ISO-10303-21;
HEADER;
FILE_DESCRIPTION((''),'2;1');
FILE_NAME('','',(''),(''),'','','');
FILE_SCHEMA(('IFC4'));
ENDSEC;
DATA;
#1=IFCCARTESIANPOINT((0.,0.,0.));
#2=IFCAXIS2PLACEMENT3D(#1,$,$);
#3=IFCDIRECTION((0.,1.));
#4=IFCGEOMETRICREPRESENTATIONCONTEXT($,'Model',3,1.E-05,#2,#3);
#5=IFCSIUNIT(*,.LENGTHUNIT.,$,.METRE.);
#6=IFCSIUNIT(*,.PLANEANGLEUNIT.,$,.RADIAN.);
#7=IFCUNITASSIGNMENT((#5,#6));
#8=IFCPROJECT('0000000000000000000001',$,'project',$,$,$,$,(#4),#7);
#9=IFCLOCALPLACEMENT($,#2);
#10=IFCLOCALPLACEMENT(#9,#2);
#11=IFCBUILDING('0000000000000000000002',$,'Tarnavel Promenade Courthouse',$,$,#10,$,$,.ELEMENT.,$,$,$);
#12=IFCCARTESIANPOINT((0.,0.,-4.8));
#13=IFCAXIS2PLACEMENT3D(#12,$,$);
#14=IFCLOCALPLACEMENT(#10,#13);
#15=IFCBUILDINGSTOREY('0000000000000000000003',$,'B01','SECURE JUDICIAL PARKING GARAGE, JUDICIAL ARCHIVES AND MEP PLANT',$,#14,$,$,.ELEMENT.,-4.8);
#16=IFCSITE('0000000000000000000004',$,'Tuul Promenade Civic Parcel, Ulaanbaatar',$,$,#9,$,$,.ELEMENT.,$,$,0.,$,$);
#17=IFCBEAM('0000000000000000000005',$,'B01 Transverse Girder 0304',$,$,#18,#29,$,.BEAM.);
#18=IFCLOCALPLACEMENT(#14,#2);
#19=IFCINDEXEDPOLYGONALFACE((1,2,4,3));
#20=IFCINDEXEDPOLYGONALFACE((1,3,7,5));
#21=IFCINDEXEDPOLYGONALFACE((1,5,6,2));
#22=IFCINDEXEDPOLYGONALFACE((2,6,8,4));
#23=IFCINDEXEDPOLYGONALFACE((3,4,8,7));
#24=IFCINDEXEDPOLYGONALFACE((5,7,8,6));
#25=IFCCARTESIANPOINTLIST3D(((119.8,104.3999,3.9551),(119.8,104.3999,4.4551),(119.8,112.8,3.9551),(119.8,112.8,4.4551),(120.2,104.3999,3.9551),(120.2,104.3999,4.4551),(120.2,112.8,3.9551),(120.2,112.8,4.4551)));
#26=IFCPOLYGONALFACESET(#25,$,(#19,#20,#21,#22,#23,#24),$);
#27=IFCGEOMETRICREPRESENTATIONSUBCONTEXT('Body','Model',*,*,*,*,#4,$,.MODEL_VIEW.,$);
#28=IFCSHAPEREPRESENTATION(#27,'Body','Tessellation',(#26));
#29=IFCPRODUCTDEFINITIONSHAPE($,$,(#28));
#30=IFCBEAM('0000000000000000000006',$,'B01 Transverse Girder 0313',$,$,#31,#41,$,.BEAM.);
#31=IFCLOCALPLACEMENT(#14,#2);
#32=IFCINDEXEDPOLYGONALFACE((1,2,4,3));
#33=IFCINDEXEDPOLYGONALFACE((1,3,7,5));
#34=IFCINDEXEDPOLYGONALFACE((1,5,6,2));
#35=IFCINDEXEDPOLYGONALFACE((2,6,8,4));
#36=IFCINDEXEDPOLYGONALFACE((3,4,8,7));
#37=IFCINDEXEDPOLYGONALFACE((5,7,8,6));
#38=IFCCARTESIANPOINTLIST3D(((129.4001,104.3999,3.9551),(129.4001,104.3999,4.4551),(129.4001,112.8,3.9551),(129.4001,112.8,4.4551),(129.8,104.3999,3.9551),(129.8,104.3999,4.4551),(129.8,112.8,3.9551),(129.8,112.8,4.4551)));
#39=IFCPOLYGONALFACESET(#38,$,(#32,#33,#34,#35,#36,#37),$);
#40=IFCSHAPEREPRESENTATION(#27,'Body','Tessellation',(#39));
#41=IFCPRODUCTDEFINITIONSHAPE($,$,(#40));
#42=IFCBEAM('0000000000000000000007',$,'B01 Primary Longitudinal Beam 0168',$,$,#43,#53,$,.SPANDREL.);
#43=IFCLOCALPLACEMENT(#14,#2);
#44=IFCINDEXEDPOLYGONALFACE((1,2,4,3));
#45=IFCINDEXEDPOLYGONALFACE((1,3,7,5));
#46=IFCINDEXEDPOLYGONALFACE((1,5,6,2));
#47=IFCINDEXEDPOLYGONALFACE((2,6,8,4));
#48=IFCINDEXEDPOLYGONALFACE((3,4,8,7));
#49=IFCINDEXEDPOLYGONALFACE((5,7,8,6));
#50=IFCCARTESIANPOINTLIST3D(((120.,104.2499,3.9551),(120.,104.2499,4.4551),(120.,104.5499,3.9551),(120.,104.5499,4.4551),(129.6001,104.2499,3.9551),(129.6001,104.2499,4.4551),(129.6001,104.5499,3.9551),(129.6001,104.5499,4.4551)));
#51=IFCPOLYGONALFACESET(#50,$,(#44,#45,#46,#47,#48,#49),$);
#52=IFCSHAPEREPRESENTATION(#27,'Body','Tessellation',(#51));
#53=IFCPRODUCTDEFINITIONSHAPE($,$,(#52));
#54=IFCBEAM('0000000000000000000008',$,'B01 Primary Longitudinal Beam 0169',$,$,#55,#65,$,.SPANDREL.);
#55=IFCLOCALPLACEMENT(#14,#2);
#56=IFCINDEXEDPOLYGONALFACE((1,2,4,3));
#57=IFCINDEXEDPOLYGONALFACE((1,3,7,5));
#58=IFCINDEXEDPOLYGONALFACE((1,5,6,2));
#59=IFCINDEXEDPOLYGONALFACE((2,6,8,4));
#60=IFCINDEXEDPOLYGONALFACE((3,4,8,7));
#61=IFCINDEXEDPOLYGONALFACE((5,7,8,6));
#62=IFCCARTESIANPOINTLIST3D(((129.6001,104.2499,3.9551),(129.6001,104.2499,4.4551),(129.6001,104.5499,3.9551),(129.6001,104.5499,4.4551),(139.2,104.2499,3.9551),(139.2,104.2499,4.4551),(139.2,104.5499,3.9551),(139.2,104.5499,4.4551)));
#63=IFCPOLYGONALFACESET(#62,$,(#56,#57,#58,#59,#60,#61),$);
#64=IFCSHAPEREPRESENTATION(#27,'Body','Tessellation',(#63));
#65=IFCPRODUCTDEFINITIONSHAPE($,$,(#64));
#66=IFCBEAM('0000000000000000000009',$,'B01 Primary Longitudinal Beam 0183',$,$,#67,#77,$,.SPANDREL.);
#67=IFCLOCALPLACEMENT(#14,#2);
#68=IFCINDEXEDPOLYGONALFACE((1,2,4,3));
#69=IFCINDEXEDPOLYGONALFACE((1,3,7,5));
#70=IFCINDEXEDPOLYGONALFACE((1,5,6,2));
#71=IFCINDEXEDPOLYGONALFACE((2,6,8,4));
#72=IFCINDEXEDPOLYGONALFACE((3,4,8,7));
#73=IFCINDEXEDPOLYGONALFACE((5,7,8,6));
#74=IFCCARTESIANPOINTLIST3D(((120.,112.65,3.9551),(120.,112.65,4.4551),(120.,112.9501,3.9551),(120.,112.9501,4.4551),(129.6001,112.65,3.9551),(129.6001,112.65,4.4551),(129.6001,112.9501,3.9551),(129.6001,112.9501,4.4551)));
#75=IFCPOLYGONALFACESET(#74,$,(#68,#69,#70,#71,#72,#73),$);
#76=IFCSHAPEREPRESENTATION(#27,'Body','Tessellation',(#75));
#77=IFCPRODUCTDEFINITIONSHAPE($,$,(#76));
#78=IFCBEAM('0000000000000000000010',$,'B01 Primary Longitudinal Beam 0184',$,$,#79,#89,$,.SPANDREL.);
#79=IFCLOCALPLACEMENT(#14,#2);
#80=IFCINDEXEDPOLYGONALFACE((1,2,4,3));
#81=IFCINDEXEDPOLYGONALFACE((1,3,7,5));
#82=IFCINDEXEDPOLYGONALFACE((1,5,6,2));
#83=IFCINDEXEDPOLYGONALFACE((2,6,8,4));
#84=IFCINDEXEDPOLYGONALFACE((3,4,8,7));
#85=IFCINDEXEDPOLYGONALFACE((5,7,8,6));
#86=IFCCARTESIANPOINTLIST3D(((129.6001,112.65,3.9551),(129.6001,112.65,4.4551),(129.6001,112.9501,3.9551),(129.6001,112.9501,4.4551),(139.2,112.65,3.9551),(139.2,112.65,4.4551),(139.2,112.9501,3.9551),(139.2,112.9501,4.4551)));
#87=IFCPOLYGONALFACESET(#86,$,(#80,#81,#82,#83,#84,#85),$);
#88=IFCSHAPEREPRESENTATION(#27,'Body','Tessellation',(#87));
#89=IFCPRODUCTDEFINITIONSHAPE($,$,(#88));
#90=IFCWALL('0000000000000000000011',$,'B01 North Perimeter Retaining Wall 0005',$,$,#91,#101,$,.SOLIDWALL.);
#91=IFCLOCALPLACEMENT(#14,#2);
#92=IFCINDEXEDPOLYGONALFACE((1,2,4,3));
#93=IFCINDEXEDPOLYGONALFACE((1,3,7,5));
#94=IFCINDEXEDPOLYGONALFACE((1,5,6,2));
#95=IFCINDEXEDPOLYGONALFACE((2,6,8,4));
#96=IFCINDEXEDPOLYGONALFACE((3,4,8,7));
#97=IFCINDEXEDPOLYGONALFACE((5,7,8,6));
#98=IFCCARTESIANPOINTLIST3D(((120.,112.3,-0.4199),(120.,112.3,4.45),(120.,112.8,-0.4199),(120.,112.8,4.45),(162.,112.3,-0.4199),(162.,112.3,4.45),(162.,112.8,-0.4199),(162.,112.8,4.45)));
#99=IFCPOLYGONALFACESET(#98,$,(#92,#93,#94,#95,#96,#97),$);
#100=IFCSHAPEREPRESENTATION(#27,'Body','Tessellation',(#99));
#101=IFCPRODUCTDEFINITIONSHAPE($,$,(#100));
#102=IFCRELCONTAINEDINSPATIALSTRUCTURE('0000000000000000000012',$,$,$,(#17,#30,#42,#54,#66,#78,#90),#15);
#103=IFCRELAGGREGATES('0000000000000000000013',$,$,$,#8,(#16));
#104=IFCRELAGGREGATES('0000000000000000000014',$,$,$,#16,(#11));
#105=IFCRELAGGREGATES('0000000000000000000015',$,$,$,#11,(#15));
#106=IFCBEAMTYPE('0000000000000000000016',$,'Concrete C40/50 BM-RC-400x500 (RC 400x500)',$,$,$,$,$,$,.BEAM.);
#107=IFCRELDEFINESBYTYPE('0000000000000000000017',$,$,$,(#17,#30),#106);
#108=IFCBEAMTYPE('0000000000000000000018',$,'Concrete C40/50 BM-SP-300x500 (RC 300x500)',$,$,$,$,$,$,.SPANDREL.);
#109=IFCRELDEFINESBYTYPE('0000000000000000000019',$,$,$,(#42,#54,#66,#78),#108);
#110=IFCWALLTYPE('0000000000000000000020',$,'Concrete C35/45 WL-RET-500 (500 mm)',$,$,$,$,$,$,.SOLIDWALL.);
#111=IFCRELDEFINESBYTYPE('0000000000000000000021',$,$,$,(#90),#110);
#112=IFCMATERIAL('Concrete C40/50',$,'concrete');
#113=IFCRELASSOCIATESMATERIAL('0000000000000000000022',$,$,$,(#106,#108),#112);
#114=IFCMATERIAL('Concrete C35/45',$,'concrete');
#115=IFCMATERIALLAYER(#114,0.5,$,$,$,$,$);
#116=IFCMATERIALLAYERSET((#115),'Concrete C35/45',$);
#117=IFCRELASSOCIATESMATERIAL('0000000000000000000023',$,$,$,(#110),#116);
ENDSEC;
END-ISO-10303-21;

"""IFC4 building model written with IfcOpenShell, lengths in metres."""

from ifc_helpers import new_model, si_unit, direction, frame, frame_2d, origin, origin_2d, place, context, subcontext, project, spatial, rectangle, extrude, material, layer, layer_set, material_profile, profile_set, type_object, element, save


model = new_model("IFC4")

# Units and contexts
model_context = context("Model", 3, precision=1e-05, world=origin(), true_north=direction((0.0, 1.0)))
body_context = subcontext(model_context, "Body", "Model", "MODEL_VIEW")
ifc_project = project(units=[si_unit("LENGTHUNIT", "METRE"), si_unit("PLANEANGLEUNIT", "RADIAN")], contexts=[model_context])

# Site, building, storey
site_placement = place(None, origin())
site = spatial("IfcSite", under=ifc_project, at=site_placement, Name="Tuul Promenade Civic Parcel, Ulaanbaatar", CompositionType="ELEMENT", RefElevation=0.0)
building_placement = place(site_placement, origin())
building = spatial("IfcBuilding", under=site, at=building_placement, Name="Tarnavel Promenade Courthouse", CompositionType="ELEMENT")
storey_placement = place(building_placement, frame((0.0, 0.0, -4.8)))
storey = spatial("IfcBuildingStorey", under=building, at=storey_placement, Name="B01", Description="SECURE JUDICIAL PARKING GARAGE, JUDICIAL ARCHIVES AND MEP PLANT", CompositionType="ELEMENT", Elevation=-4.8)

# Shared definitions
ifc_material_1 = material(Name="Concrete C35/45", Category="concrete")

# Shared definitions
ifc_material_2 = material(Name="Concrete C40/50", Category="concrete")

# Beams
ifc_material_profile_1 = material_profile(ifc_material_2, rectangle(XDim=0.3999, YDim=0.5, at=origin_2d()), Name="RC 400x500")
ifc_profile_set_1 = profile_set([ifc_material_profile_1], Name="Concrete C40/50")
beam_type_1 = type_object("IfcBeamType", Name="Concrete C40/50 BM-RC-400x500 (RC 400x500)", PredefinedType="BEAM", material=ifc_profile_set_1)
for number, where, z_axis, x_axis, name in (
    (1, (120.0, 104.3999, 4.2051), (0.0, 1.0, 0.0), (-1.0, 0.0, 0.0), "B01 Transverse Girder 0304"),
    (2, (129.6001, 104.3999, 4.2051), (0.0, 1.0, 0.0), (-1.0, 0.0, 0.0), "B01 Transverse Girder 0313"),
):
    element("IfcBeam", number, at=place(storey_placement, frame(where, z_axis=z_axis, x_axis=x_axis)), inside=storey, type_object=beam_type_1, Name=name, PredefinedType="BEAM", context=body_context, shape_type="SweptSolid", body=[
        extrude(rectangle(XDim=0.3999, YDim=0.5, at=origin_2d()), origin(), (0.0, 0.0, 1.0), 8.4001),
    ])
ifc_material_profile_2 = material_profile(ifc_material_2, rectangle(XDim=0.3, YDim=0.5, at=origin_2d()), Name="RC 300x500")
ifc_profile_set_2 = profile_set([ifc_material_profile_2], Name="Concrete C40/50")
beam_type_2 = type_object("IfcBeamType", Name="Concrete C40/50 BM-SP-300x500 (RC 300x500)", PredefinedType="SPANDREL", material=ifc_profile_set_2)
beam_1_placement = place(storey_placement, frame((120.0, 104.3999, 4.2051), z_axis=(1.0, 0.0, 0.0), x_axis=(0.0, 1.0, 0.0)))
element("IfcBeam", 3, at=beam_1_placement, inside=storey, type_object=beam_type_2, Name="B01 Primary Longitudinal Beam 0168", PredefinedType="SPANDREL", context=body_context, shape_type="SweptSolid", body=[
    extrude(rectangle(XDim=0.3, YDim=0.5, at=origin_2d()), origin(), (0.0, 0.0, 1.0), 9.6001),
])
beam_2_placement = place(storey_placement, frame((129.6001, 104.3999, 4.2051), z_axis=(1.0, 0.0, 0.0), x_axis=(0.0, 1.0, 0.0)))
element("IfcBeam", 4, at=beam_2_placement, inside=storey, type_object=beam_type_2, Name="B01 Primary Longitudinal Beam 0169", PredefinedType="SPANDREL", context=body_context, shape_type="SweptSolid", body=[
    extrude(rectangle(XDim=0.3, YDim=0.5, at=origin_2d()), origin(), (0.0, 0.0, 1.0), 9.5999),
])
beam_3_placement = place(storey_placement, frame((120.0, 112.8, 4.2051), z_axis=(1.0, 0.0, 0.0), x_axis=(0.0, 1.0, 0.0)))
element("IfcBeam", 5, at=beam_3_placement, inside=storey, type_object=beam_type_2, Name="B01 Primary Longitudinal Beam 0183", PredefinedType="SPANDREL", context=body_context, shape_type="SweptSolid", body=[
    extrude(rectangle(XDim=0.3, YDim=0.5, at=origin_2d()), origin(), (0.0, 0.0, 1.0), 9.6001),
])
beam_4_placement = place(storey_placement, frame((129.6001, 112.8, 4.2051), z_axis=(1.0, 0.0, 0.0), x_axis=(0.0, 1.0, 0.0)))
element("IfcBeam", 6, at=beam_4_placement, inside=storey, type_object=beam_type_2, Name="B01 Primary Longitudinal Beam 0184", PredefinedType="SPANDREL", context=body_context, shape_type="SweptSolid", body=[
    extrude(rectangle(XDim=0.3, YDim=0.5, at=origin_2d()), origin(), (0.0, 0.0, 1.0), 9.5999),
])

# Wall
ifc_layer = layer(ifc_material_1, 0.5)
ifc_layer_set = layer_set([ifc_layer], Name="Concrete C35/45")
wall_type = type_object("IfcWallType", Name="Concrete C35/45 WL-RET-500 (500 mm)", PredefinedType="SOLIDWALL", material=ifc_layer_set)
wall_placement = place(storey_placement, frame((120.0, 112.55, -0.4199), z_axis=(0.0, 0.0, 1.0), x_axis=(1.0, 0.0, 0.0)))
element("IfcWall", 7, at=wall_placement, inside=storey, type_object=wall_type, Name="B01 North Perimeter Retaining Wall 0005", PredefinedType="SOLIDWALL", context=body_context, shape_type="SweptSolid", body=[
    extrude(rectangle(XDim=42.0, YDim=0.5, at=frame_2d((21.0, 0.0))), origin(), (0.0, 0.0, 1.0), 4.8699),
])

save(model, "model.ifc")
